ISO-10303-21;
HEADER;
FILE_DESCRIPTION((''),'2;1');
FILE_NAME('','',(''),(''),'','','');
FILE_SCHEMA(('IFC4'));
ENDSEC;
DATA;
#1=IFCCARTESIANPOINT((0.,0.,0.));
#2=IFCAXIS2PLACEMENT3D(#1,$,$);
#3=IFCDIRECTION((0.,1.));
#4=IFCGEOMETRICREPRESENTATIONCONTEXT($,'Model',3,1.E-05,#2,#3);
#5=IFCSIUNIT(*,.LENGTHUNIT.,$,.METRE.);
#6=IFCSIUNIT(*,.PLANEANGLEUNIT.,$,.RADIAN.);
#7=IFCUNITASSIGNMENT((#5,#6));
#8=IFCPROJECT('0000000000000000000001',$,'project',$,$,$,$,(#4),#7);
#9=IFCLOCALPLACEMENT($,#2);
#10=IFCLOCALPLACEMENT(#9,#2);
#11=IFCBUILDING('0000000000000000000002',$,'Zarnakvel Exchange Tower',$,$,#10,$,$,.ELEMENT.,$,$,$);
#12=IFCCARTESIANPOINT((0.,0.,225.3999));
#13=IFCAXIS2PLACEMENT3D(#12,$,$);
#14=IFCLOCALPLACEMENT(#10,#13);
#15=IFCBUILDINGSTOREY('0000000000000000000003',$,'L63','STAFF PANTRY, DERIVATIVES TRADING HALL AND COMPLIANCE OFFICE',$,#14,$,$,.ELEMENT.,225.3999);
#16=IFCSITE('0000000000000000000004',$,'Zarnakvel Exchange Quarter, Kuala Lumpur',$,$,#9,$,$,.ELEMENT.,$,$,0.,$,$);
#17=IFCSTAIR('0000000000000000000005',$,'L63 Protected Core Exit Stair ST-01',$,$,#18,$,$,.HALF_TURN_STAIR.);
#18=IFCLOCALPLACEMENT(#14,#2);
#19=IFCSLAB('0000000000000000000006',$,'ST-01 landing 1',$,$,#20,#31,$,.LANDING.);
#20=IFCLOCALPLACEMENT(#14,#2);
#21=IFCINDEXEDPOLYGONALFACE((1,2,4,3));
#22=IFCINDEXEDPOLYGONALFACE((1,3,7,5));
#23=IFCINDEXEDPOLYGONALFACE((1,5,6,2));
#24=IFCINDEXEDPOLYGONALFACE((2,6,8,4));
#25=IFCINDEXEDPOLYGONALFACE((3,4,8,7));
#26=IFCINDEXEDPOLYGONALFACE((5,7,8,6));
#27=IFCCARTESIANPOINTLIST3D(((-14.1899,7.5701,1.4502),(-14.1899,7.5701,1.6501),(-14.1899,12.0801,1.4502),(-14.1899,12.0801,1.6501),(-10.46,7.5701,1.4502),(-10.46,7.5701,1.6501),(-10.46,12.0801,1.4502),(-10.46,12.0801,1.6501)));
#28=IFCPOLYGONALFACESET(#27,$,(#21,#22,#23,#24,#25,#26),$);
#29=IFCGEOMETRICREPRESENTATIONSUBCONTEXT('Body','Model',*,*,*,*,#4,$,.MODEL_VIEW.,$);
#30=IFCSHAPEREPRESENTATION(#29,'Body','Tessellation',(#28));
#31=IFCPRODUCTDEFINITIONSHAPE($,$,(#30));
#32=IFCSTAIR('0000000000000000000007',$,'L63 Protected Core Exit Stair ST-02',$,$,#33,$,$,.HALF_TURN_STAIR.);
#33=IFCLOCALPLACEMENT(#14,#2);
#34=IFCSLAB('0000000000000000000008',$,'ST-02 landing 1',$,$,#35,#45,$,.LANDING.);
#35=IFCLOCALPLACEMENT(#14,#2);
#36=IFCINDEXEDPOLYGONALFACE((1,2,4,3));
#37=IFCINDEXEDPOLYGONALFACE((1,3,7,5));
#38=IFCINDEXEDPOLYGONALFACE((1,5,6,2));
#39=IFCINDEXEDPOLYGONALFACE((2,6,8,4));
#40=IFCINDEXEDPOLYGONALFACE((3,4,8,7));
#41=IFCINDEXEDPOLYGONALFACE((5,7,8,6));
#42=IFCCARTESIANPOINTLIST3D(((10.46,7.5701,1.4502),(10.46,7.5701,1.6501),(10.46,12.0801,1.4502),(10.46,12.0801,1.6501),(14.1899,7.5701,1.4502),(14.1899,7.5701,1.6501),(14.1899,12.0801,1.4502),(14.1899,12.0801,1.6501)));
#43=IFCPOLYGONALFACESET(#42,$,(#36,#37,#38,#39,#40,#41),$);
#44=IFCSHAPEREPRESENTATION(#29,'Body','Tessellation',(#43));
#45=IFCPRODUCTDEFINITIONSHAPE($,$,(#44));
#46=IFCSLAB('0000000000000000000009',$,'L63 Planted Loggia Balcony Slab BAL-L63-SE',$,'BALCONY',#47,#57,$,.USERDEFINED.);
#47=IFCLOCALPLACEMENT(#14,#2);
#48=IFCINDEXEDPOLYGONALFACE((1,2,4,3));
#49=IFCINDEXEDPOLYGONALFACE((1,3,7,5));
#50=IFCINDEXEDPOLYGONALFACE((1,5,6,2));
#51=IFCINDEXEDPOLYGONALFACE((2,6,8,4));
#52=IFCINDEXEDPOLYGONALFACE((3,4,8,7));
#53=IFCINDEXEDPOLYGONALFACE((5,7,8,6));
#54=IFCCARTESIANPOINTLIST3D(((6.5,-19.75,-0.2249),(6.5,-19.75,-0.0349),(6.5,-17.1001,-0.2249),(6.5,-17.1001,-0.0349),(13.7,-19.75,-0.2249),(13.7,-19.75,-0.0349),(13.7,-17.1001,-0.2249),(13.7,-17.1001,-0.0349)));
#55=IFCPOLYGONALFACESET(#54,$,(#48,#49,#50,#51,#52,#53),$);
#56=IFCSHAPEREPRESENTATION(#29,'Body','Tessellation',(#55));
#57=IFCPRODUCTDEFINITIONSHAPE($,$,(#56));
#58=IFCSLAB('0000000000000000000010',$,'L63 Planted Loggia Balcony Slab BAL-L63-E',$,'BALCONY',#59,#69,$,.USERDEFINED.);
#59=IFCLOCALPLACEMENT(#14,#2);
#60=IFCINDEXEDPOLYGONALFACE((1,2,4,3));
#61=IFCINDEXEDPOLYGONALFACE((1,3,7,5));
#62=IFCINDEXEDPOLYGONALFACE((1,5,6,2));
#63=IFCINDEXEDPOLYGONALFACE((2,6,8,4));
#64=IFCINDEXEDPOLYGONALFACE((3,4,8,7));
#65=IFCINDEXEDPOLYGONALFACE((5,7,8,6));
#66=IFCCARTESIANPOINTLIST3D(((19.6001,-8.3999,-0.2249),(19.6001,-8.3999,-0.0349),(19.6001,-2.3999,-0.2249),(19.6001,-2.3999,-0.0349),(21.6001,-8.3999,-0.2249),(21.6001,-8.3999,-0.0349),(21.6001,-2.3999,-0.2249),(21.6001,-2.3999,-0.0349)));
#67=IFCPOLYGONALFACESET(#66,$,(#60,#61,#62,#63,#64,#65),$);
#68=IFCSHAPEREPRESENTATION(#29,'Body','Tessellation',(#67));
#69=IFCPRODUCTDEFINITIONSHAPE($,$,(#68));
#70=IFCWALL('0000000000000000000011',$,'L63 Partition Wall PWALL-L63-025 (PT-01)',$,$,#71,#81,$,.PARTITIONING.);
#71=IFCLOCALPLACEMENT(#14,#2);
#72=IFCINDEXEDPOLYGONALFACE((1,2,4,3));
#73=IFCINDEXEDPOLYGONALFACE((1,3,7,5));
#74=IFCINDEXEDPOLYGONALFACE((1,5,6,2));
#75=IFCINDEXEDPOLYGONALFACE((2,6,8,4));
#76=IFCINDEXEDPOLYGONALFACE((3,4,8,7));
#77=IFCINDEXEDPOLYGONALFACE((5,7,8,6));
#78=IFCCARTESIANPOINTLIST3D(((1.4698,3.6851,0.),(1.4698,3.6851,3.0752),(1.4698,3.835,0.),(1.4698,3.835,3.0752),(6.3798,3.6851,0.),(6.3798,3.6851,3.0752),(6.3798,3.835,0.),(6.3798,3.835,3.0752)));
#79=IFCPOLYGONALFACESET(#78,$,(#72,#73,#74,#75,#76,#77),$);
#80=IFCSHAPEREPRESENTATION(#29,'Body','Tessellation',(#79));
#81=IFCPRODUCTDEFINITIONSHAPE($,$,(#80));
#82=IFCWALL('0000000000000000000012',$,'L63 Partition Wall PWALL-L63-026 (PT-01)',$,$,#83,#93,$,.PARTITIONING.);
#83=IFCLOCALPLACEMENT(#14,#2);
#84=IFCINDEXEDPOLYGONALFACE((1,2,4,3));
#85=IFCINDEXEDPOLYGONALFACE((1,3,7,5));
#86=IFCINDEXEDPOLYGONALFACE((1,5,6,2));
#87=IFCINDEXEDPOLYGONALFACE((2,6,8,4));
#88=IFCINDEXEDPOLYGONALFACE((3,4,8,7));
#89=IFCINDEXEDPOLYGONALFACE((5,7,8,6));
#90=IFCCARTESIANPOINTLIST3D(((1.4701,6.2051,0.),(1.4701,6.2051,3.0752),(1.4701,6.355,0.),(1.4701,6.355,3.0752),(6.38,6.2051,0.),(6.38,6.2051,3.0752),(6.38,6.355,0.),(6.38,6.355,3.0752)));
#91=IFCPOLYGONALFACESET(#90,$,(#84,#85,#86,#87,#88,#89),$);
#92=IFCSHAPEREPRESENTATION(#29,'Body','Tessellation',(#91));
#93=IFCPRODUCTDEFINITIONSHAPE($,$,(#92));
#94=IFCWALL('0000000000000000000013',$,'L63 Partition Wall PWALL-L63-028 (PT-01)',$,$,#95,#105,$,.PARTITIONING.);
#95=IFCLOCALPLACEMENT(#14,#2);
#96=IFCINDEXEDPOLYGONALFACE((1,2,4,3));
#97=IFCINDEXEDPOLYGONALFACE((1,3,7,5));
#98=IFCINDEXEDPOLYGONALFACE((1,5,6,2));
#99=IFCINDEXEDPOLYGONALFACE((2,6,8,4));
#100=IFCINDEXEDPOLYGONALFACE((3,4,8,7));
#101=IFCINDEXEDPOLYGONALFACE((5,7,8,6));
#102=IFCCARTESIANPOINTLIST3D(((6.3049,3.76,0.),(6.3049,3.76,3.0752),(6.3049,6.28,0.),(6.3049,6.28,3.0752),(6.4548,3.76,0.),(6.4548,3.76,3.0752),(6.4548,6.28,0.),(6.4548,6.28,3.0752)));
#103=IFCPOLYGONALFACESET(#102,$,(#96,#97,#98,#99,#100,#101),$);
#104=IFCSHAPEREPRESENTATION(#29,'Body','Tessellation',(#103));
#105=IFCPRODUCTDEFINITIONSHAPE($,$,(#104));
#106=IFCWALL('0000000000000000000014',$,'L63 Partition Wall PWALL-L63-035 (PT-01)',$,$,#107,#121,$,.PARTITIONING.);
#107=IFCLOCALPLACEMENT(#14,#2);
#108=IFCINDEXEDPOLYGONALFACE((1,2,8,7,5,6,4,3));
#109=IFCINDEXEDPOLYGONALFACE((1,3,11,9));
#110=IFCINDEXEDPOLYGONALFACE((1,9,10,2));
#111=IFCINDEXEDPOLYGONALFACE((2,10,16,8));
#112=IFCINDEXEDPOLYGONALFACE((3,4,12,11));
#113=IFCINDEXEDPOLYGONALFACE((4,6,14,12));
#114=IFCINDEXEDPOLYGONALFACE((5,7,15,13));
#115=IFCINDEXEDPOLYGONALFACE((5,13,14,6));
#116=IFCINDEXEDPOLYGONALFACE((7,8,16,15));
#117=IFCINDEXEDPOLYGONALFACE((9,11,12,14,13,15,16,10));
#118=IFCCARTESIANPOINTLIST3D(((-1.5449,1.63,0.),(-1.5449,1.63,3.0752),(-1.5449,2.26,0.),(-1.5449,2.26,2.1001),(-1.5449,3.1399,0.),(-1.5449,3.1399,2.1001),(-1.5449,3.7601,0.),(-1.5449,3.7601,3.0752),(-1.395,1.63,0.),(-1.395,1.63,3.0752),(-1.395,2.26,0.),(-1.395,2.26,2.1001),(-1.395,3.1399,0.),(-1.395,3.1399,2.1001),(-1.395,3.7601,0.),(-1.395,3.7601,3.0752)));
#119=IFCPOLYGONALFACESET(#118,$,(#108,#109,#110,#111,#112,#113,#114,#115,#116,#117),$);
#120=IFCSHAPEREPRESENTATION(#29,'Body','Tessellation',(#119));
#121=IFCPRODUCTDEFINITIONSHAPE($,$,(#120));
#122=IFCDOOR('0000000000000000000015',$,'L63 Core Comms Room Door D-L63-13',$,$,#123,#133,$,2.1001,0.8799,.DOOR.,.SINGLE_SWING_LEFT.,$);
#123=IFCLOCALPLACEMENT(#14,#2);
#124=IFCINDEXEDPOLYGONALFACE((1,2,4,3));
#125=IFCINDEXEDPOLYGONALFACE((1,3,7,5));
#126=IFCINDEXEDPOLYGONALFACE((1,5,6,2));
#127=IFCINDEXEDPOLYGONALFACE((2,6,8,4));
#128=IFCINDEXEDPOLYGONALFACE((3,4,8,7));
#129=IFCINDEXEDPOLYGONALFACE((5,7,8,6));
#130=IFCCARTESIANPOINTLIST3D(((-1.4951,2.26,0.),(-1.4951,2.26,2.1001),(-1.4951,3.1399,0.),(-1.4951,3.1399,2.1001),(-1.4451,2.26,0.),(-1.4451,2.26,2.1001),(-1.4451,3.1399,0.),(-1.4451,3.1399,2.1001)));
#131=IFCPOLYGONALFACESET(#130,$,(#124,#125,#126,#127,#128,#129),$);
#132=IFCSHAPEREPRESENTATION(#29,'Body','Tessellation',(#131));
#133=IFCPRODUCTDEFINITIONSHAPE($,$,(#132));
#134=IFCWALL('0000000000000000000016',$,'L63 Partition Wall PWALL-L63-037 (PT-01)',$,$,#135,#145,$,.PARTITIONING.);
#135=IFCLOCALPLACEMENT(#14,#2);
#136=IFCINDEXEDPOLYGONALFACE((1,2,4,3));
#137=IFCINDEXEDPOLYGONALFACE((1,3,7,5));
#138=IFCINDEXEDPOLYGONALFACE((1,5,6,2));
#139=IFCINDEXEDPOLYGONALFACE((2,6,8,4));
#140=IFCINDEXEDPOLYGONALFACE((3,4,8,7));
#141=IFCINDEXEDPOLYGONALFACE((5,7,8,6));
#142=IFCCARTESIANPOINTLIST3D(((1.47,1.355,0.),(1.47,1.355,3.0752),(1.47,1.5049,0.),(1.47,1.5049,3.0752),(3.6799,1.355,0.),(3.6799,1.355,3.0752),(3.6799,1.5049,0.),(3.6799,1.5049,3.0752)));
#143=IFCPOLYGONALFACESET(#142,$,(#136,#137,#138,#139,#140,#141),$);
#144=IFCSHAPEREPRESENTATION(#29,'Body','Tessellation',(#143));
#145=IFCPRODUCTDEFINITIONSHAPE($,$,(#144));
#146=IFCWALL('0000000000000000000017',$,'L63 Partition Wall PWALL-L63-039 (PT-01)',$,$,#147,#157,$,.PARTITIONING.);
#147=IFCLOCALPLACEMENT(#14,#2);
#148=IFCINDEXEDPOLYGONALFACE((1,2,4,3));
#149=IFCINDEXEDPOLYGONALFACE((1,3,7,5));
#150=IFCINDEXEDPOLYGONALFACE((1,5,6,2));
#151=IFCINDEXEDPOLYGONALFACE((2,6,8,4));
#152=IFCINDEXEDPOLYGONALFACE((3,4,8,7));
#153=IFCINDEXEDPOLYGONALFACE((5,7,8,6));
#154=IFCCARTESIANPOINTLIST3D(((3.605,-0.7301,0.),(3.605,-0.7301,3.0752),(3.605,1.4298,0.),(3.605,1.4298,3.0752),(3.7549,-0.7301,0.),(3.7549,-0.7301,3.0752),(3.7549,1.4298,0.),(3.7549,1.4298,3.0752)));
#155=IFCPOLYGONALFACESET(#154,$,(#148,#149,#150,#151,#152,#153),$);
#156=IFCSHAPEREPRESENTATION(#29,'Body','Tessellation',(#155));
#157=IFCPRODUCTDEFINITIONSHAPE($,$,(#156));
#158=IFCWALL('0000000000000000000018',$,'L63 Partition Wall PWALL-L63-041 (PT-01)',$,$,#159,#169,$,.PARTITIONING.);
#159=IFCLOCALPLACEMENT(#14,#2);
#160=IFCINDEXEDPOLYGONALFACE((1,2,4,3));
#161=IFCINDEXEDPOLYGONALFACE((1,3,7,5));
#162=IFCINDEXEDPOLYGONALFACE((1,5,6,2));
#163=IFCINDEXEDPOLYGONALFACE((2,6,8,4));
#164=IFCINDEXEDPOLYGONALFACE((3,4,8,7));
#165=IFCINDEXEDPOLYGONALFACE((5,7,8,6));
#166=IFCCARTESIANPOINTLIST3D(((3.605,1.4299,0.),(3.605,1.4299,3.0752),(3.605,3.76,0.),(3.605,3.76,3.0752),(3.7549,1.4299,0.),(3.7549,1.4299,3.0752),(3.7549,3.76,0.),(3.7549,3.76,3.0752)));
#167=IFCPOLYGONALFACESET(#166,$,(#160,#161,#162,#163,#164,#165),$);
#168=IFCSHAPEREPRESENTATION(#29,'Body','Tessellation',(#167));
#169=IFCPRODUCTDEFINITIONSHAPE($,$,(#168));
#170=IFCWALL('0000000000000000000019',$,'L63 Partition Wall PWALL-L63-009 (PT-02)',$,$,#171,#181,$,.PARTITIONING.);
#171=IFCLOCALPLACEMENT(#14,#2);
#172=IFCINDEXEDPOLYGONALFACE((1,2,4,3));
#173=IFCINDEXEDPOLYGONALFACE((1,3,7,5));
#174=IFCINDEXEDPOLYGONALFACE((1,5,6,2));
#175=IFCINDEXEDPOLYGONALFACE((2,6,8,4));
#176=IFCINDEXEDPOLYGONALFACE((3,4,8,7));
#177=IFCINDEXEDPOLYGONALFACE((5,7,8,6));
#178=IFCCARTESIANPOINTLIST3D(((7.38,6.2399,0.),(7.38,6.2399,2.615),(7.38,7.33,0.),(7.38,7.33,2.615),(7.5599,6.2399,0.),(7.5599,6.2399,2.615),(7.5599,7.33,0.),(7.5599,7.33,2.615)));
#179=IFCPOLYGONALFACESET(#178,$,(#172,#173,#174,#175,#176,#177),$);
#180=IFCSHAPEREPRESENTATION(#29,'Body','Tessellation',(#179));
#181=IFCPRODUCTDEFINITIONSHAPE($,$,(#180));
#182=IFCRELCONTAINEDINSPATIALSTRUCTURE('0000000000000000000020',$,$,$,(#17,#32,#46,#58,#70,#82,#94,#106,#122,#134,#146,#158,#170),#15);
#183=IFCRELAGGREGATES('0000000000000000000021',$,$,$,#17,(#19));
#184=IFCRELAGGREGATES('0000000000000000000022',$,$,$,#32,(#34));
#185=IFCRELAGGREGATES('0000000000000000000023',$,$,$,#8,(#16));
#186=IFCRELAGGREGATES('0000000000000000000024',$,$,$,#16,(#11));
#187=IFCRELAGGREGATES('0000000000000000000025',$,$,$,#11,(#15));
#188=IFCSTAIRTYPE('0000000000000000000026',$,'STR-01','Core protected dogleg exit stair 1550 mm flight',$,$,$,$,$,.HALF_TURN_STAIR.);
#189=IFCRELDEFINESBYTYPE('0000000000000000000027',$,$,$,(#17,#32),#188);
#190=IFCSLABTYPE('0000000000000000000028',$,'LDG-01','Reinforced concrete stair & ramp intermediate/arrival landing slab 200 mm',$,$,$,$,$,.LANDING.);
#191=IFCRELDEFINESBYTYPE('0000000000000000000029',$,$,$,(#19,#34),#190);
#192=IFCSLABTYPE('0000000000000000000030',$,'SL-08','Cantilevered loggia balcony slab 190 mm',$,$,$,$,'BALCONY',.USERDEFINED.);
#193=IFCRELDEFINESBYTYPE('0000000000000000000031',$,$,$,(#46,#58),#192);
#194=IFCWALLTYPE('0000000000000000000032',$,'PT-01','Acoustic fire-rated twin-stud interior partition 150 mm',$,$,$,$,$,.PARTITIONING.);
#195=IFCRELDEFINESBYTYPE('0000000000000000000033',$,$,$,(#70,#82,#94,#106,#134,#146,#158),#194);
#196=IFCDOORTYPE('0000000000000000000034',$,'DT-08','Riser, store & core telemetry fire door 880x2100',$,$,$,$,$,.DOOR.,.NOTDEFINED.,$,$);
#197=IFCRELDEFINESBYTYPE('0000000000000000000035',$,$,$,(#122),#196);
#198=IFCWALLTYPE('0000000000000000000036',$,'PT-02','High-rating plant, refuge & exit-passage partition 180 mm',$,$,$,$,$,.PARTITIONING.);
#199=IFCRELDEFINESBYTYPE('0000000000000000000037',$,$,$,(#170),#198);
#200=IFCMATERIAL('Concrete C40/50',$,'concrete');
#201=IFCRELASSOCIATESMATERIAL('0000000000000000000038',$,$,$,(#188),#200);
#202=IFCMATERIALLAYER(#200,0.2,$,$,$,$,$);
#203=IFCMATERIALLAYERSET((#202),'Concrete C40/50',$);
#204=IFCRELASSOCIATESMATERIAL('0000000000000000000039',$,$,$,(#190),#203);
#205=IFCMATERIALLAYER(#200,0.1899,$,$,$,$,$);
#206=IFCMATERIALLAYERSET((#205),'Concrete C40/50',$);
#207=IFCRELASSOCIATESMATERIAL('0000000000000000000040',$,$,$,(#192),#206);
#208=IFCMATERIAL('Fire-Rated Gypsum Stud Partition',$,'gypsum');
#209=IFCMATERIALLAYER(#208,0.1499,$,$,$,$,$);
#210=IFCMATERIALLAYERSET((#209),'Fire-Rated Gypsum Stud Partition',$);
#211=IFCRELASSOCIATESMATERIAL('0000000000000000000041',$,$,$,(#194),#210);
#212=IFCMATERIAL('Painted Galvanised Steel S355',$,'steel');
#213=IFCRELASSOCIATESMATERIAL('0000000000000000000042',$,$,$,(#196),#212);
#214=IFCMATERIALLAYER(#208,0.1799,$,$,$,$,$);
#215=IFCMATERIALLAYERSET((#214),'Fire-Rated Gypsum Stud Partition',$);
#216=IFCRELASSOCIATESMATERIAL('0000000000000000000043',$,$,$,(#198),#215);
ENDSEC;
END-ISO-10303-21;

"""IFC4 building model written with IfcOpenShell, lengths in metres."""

from ifc_helpers import new_model, si_unit, direction, frame, frame_2d, origin, place, context, subcontext, project, spatial, polyline, rectangle, outline, extrude, source, transform, mapped, material, layer, layer_set, type_object, element, fill, aggregate, save


model = new_model("IFC4")

# Units and contexts
model_context = context("Model", 3, precision=1e-05, world=origin(), true_north=direction((0.0, 1.0)))
body_context = subcontext(model_context, "Body", "Model", "MODEL_VIEW")
ifc_project = project(units=[si_unit("LENGTHUNIT", "METRE"), si_unit("PLANEANGLEUNIT", "RADIAN")], contexts=[model_context])

# Site, building, storey
site_placement = place(None, origin())
site = spatial("IfcSite", under=ifc_project, at=site_placement, Name="Zarnakvel Exchange Quarter, Kuala Lumpur", CompositionType="ELEMENT", RefElevation=0.0)
building_placement = place(site_placement, origin())
building = spatial("IfcBuilding", under=site, at=building_placement, Name="Zarnakvel Exchange Tower", CompositionType="ELEMENT")
storey_placement = place(building_placement, frame((0.0, 0.0, 225.3999)))
storey = spatial("IfcBuildingStorey", under=building, at=storey_placement, Name="L63", Description="STAFF PANTRY, DERIVATIVES TRADING HALL AND COMPLIANCE OFFICE", CompositionType="ELEMENT", Elevation=225.3999)

# Stairs, slabs
ifc_material_1 = material(Name="Concrete C40/50", Category="concrete")
stair_type = type_object("IfcStairType", Name="STR-01", Description="Core protected dogleg exit stair 1550 mm flight", PredefinedType="HALF_TURN_STAIR", material=ifc_material_1)
stair_1_placement = place(storey_placement, origin())
stair_1 = element("IfcStair", 1, at=stair_1_placement, inside=storey, type_object=stair_type, Name="L63 Protected Core Exit Stair ST-01", PredefinedType="HALF_TURN_STAIR")
ifc_layer_1 = layer(ifc_material_1, 0.2)
ifc_layer_set_1 = layer_set([ifc_layer_1], Name="Concrete C40/50")
slab_type_1 = type_object("IfcSlabType", Name="LDG-01", Description="Reinforced concrete stair & ramp intermediate/arrival landing slab 200 mm", PredefinedType="LANDING", material=ifc_layer_set_1)
slab_1_placement = place(storey_placement, frame((0.0, 0.0, 1.4502)))
slab_1 = element("IfcSlab", 2, at=slab_1_placement, type_object=slab_type_1, Name="ST-01 landing 1", PredefinedType="LANDING", context=body_context, shape_type="SweptSolid", body=[
    extrude(outline(polyline([(-14.1899, 7.5701), (-10.46, 7.5701), (-10.46, 12.0801), (-14.1899, 12.0801), (-14.1899, 7.5701)])), origin(), (0.0, 0.0, 1.0), 0.2),
])
aggregate(stair_1, [slab_1])
stair_2_placement = place(storey_placement, origin())
stair_2 = element("IfcStair", 3, at=stair_2_placement, inside=storey, type_object=stair_type, Name="L63 Protected Core Exit Stair ST-02", PredefinedType="HALF_TURN_STAIR")
slab_2_placement = place(storey_placement, frame((0.0, 0.0, 1.4502)))
slab_2 = element("IfcSlab", 4, at=slab_2_placement, type_object=slab_type_1, Name="ST-02 landing 1", PredefinedType="LANDING", context=body_context, shape_type="SweptSolid", body=[
    extrude(outline(polyline([(10.46, 7.5701), (14.1899, 7.5701), (14.1899, 12.0801), (10.46, 12.0801), (10.46, 7.5701)])), origin(), (0.0, 0.0, 1.0), 0.2),
])
aggregate(stair_2, [slab_2])

# Slabs
ifc_layer_2 = layer(ifc_material_1, 0.1899)
ifc_layer_set_2 = layer_set([ifc_layer_2], Name="Concrete C40/50")
slab_type_2 = type_object("IfcSlabType", Name="SL-08", Description="Cantilevered loggia balcony slab 190 mm", ElementType="BALCONY", PredefinedType="USERDEFINED", material=ifc_layer_set_2)
slab_3_placement = place(storey_placement, frame((0.0, 0.0, -0.2249)))
element("IfcSlab", 5, at=slab_3_placement, inside=storey, type_object=slab_type_2, Name="L63 Planted Loggia Balcony Slab BAL-L63-SE", ObjectType="BALCONY", PredefinedType="USERDEFINED", context=body_context, shape_type="SweptSolid", body=[
    extrude(outline(polyline([(6.5, -19.75), (13.7, -19.75), (13.7, -17.1001), (6.5, -17.1001), (6.5, -19.75)])), origin(), (0.0, 0.0, 1.0), 0.1899),
])
slab_4_placement = place(storey_placement, frame((0.0, 0.0, -0.2249)))
element("IfcSlab", 6, at=slab_4_placement, inside=storey, type_object=slab_type_2, Name="L63 Planted Loggia Balcony Slab BAL-L63-E", ObjectType="BALCONY", PredefinedType="USERDEFINED", context=body_context, shape_type="SweptSolid", body=[
    extrude(outline(polyline([(19.6001, -8.3999), (21.6001, -8.3999), (21.6001, -2.3999), (19.6001, -2.3999), (19.6001, -8.3999)])), origin(), (0.0, 0.0, 1.0), 0.1899),
])

# Walls
ifc_material_2 = material(Name="Fire-Rated Gypsum Stud Partition", Category="gypsum")
ifc_layer_3 = layer(ifc_material_2, 0.1499)
ifc_layer_set_3 = layer_set([ifc_layer_3], Name="Fire-Rated Gypsum Stud Partition")
wall_type_1 = type_object("IfcWallType", Name="PT-01", Description="Acoustic fire-rated twin-stud interior partition 150 mm", PredefinedType="PARTITIONING", material=ifc_layer_set_3)
for number, where, z_axis, x_axis, name in (
    (7, (6.3799, 3.76, 0.0), (0.0, 0.0, 1.0), (-1.0, 0.0, 0.0), "L63 Partition Wall PWALL-L63-025 (PT-01)"),
    (8, (1.47, 6.28, 0.0), (0.0, 0.0, 1.0), (1.0, 0.0, 0.0), "L63 Partition Wall PWALL-L63-026 (PT-01)"),
):
    element("IfcWall", number, at=place(storey_placement, frame(where, z_axis=z_axis, x_axis=x_axis)), inside=storey, type_object=wall_type_1, Name=name, PredefinedType="PARTITIONING", context=body_context, shape_type="SweptSolid", body=[
        extrude(rectangle(XDim=4.9099, YDim=0.1499, at=frame_2d((2.4551, 0.0))), origin(), (0.0, 0.0, 1.0), 3.0752),
    ])

# Wall
wall_1_placement = place(storey_placement, frame((6.3799, 6.28, 0.0), z_axis=(0.0, 0.0, 1.0), x_axis=(0.0, -1.0, 0.0)))
element("IfcWall", 9, at=wall_1_placement, inside=storey, type_object=wall_type_1, Name="L63 Partition Wall PWALL-L63-028 (PT-01)", PredefinedType="PARTITIONING", context=body_context, shape_type="SweptSolid", body=[
    extrude(rectangle(XDim=2.52, YDim=0.1499, at=frame_2d((1.26, 0.0))), origin(), (0.0, 0.0, 1.0), 3.0752),
])

# Wall, opening, door
wall_2_placement = place(storey_placement, frame((-1.47, 3.76, 0.0), z_axis=(0.0, 0.0, 1.0), x_axis=(0.0, -1.0, 0.0)))
wall_2 = element("IfcWall", 10, at=wall_2_placement, inside=storey, type_object=wall_type_1, Name="L63 Partition Wall PWALL-L63-035 (PT-01)", PredefinedType="PARTITIONING", context=body_context, shape_type="SweptSolid", body=[
    extrude(rectangle(XDim=2.1301, YDim=0.1499, at=frame_2d((1.0649, 0.0))), origin(), (0.0, 0.0, 1.0), 3.0752),
])
opening_1_placement = place(wall_2_placement, frame((0.6201, 0.0, 0.0)))
opening_1 = element("IfcOpeningElement", 11, at=opening_1_placement, cuts=wall_2, PredefinedType="OPENING", context=body_context, shape_type="SweptSolid", body=[
    extrude(rectangle(XDim=0.8799, YDim=2.1001, at=frame_2d((0.4399, 1.05))), frame((0.0, 0.085, 0.0), z_axis=(0.0, -1.0, 0.0), x_axis=(1.0, 0.0, 0.0)), (0.0, 0.0, 1.0), 0.1699),
])
ifc_material_3 = material(Name="Painted Galvanised Steel S355", Category="steel")
door_type_1 = type_object("IfcDoorType", Name="DT-08", Description="Riser, store & core telemetry fire door 880x2100", OperationType="NOTDEFINED", PredefinedType="DOOR", material=ifc_material_3)
shared_shape_1 = source(origin(), body_context, "Body", "SweptSolid", [
    extrude(rectangle(XDim=0.8799, YDim=2.1001, at=frame_2d((0.4399, 1.05))), frame((0.0, 0.0249, 0.0), z_axis=(0.0, -1.0, 0.0), x_axis=(1.0, 0.0, 0.0)), (0.0, 0.0, 1.0), 0.05),
])
door_1_placement = place(opening_1_placement, origin())
door_1 = element("IfcDoor", 12, at=door_1_placement, inside=storey, type_object=door_type_1, Name="L63 Core Comms Room Door D-L63-13", OperationType="SINGLE_SWING_LEFT", OverallHeight=2.1001, OverallWidth=0.8799, PredefinedType="DOOR", context=body_context, shape_type="MappedRepresentation", body=[
    mapped(shared_shape_1, transform((0.0, 0.0, 0.0), x_axis=(1.0, 0.0, 0.0), y_axis=(0.0, 1.0, 0.0), z_axis=(0.0, 0.0, 1.0), scale=1.0)),
])
fill(opening_1, door_1)

# Walls
wall_3_placement = place(storey_placement, frame((1.47, 1.4299, 0.0), z_axis=(0.0, 0.0, 1.0), x_axis=(1.0, 0.0, 0.0)))
element("IfcWall", 13, at=wall_3_placement, inside=storey, type_object=wall_type_1, Name="L63 Partition Wall PWALL-L63-037 (PT-01)", PredefinedType="PARTITIONING", context=body_context, shape_type="SweptSolid", body=[
    extrude(rectangle(XDim=2.21, YDim=0.1499, at=frame_2d((1.105, 0.0))), origin(), (0.0, 0.0, 1.0), 3.0752),
])
wall_4_placement = place(storey_placement, frame((3.6799, 1.4299, 0.0), z_axis=(0.0, 0.0, 1.0), x_axis=(0.0, -1.0, 0.0)))
element("IfcWall", 14, at=wall_4_placement, inside=storey, type_object=wall_type_1, Name="L63 Partition Wall PWALL-L63-039 (PT-01)", PredefinedType="PARTITIONING", context=body_context, shape_type="SweptSolid", body=[
    extrude(rectangle(XDim=2.1599, YDim=0.1499, at=frame_2d((1.0801, 0.0))), origin(), (0.0, 0.0, 1.0), 3.0752),
])

# Walls
wall_5_placement = place(storey_placement, frame((3.6799, 3.76, 0.0), z_axis=(0.0, 0.0, 1.0), x_axis=(0.0, -1.0, 0.0)))
element("IfcWall", 15, at=wall_5_placement, inside=storey, type_object=wall_type_1, Name="L63 Partition Wall PWALL-L63-041 (PT-01)", PredefinedType="PARTITIONING", context=body_context, shape_type="SweptSolid", body=[
    extrude(rectangle(XDim=2.3301, YDim=0.1499, at=frame_2d((1.165, 0.0))), origin(), (0.0, 0.0, 1.0), 3.0752),
])
ifc_layer_4 = layer(ifc_material_2, 0.1799)
ifc_layer_set_4 = layer_set([ifc_layer_4], Name="Fire-Rated Gypsum Stud Partition")
wall_type_2 = type_object("IfcWallType", Name="PT-02", Description="High-rating plant, refuge & exit-passage partition 180 mm", PredefinedType="PARTITIONING", material=ifc_layer_set_4)
wall_6_placement = place(storey_placement, frame((7.47, 6.24, 0.0), z_axis=(0.0, 0.0, 1.0), x_axis=(0.0, 1.0, 0.0)))
element("IfcWall", 16, at=wall_6_placement, inside=storey, type_object=wall_type_2, Name="L63 Partition Wall PWALL-L63-009 (PT-02)", PredefinedType="PARTITIONING", context=body_context, shape_type="SweptSolid", body=[
    extrude(rectangle(XDim=1.0901, YDim=0.1799, at=frame_2d((0.5449, 0.0))), origin(), (0.0, 0.0, 1.0), 2.615),
])

save(model, "model.ifc")
